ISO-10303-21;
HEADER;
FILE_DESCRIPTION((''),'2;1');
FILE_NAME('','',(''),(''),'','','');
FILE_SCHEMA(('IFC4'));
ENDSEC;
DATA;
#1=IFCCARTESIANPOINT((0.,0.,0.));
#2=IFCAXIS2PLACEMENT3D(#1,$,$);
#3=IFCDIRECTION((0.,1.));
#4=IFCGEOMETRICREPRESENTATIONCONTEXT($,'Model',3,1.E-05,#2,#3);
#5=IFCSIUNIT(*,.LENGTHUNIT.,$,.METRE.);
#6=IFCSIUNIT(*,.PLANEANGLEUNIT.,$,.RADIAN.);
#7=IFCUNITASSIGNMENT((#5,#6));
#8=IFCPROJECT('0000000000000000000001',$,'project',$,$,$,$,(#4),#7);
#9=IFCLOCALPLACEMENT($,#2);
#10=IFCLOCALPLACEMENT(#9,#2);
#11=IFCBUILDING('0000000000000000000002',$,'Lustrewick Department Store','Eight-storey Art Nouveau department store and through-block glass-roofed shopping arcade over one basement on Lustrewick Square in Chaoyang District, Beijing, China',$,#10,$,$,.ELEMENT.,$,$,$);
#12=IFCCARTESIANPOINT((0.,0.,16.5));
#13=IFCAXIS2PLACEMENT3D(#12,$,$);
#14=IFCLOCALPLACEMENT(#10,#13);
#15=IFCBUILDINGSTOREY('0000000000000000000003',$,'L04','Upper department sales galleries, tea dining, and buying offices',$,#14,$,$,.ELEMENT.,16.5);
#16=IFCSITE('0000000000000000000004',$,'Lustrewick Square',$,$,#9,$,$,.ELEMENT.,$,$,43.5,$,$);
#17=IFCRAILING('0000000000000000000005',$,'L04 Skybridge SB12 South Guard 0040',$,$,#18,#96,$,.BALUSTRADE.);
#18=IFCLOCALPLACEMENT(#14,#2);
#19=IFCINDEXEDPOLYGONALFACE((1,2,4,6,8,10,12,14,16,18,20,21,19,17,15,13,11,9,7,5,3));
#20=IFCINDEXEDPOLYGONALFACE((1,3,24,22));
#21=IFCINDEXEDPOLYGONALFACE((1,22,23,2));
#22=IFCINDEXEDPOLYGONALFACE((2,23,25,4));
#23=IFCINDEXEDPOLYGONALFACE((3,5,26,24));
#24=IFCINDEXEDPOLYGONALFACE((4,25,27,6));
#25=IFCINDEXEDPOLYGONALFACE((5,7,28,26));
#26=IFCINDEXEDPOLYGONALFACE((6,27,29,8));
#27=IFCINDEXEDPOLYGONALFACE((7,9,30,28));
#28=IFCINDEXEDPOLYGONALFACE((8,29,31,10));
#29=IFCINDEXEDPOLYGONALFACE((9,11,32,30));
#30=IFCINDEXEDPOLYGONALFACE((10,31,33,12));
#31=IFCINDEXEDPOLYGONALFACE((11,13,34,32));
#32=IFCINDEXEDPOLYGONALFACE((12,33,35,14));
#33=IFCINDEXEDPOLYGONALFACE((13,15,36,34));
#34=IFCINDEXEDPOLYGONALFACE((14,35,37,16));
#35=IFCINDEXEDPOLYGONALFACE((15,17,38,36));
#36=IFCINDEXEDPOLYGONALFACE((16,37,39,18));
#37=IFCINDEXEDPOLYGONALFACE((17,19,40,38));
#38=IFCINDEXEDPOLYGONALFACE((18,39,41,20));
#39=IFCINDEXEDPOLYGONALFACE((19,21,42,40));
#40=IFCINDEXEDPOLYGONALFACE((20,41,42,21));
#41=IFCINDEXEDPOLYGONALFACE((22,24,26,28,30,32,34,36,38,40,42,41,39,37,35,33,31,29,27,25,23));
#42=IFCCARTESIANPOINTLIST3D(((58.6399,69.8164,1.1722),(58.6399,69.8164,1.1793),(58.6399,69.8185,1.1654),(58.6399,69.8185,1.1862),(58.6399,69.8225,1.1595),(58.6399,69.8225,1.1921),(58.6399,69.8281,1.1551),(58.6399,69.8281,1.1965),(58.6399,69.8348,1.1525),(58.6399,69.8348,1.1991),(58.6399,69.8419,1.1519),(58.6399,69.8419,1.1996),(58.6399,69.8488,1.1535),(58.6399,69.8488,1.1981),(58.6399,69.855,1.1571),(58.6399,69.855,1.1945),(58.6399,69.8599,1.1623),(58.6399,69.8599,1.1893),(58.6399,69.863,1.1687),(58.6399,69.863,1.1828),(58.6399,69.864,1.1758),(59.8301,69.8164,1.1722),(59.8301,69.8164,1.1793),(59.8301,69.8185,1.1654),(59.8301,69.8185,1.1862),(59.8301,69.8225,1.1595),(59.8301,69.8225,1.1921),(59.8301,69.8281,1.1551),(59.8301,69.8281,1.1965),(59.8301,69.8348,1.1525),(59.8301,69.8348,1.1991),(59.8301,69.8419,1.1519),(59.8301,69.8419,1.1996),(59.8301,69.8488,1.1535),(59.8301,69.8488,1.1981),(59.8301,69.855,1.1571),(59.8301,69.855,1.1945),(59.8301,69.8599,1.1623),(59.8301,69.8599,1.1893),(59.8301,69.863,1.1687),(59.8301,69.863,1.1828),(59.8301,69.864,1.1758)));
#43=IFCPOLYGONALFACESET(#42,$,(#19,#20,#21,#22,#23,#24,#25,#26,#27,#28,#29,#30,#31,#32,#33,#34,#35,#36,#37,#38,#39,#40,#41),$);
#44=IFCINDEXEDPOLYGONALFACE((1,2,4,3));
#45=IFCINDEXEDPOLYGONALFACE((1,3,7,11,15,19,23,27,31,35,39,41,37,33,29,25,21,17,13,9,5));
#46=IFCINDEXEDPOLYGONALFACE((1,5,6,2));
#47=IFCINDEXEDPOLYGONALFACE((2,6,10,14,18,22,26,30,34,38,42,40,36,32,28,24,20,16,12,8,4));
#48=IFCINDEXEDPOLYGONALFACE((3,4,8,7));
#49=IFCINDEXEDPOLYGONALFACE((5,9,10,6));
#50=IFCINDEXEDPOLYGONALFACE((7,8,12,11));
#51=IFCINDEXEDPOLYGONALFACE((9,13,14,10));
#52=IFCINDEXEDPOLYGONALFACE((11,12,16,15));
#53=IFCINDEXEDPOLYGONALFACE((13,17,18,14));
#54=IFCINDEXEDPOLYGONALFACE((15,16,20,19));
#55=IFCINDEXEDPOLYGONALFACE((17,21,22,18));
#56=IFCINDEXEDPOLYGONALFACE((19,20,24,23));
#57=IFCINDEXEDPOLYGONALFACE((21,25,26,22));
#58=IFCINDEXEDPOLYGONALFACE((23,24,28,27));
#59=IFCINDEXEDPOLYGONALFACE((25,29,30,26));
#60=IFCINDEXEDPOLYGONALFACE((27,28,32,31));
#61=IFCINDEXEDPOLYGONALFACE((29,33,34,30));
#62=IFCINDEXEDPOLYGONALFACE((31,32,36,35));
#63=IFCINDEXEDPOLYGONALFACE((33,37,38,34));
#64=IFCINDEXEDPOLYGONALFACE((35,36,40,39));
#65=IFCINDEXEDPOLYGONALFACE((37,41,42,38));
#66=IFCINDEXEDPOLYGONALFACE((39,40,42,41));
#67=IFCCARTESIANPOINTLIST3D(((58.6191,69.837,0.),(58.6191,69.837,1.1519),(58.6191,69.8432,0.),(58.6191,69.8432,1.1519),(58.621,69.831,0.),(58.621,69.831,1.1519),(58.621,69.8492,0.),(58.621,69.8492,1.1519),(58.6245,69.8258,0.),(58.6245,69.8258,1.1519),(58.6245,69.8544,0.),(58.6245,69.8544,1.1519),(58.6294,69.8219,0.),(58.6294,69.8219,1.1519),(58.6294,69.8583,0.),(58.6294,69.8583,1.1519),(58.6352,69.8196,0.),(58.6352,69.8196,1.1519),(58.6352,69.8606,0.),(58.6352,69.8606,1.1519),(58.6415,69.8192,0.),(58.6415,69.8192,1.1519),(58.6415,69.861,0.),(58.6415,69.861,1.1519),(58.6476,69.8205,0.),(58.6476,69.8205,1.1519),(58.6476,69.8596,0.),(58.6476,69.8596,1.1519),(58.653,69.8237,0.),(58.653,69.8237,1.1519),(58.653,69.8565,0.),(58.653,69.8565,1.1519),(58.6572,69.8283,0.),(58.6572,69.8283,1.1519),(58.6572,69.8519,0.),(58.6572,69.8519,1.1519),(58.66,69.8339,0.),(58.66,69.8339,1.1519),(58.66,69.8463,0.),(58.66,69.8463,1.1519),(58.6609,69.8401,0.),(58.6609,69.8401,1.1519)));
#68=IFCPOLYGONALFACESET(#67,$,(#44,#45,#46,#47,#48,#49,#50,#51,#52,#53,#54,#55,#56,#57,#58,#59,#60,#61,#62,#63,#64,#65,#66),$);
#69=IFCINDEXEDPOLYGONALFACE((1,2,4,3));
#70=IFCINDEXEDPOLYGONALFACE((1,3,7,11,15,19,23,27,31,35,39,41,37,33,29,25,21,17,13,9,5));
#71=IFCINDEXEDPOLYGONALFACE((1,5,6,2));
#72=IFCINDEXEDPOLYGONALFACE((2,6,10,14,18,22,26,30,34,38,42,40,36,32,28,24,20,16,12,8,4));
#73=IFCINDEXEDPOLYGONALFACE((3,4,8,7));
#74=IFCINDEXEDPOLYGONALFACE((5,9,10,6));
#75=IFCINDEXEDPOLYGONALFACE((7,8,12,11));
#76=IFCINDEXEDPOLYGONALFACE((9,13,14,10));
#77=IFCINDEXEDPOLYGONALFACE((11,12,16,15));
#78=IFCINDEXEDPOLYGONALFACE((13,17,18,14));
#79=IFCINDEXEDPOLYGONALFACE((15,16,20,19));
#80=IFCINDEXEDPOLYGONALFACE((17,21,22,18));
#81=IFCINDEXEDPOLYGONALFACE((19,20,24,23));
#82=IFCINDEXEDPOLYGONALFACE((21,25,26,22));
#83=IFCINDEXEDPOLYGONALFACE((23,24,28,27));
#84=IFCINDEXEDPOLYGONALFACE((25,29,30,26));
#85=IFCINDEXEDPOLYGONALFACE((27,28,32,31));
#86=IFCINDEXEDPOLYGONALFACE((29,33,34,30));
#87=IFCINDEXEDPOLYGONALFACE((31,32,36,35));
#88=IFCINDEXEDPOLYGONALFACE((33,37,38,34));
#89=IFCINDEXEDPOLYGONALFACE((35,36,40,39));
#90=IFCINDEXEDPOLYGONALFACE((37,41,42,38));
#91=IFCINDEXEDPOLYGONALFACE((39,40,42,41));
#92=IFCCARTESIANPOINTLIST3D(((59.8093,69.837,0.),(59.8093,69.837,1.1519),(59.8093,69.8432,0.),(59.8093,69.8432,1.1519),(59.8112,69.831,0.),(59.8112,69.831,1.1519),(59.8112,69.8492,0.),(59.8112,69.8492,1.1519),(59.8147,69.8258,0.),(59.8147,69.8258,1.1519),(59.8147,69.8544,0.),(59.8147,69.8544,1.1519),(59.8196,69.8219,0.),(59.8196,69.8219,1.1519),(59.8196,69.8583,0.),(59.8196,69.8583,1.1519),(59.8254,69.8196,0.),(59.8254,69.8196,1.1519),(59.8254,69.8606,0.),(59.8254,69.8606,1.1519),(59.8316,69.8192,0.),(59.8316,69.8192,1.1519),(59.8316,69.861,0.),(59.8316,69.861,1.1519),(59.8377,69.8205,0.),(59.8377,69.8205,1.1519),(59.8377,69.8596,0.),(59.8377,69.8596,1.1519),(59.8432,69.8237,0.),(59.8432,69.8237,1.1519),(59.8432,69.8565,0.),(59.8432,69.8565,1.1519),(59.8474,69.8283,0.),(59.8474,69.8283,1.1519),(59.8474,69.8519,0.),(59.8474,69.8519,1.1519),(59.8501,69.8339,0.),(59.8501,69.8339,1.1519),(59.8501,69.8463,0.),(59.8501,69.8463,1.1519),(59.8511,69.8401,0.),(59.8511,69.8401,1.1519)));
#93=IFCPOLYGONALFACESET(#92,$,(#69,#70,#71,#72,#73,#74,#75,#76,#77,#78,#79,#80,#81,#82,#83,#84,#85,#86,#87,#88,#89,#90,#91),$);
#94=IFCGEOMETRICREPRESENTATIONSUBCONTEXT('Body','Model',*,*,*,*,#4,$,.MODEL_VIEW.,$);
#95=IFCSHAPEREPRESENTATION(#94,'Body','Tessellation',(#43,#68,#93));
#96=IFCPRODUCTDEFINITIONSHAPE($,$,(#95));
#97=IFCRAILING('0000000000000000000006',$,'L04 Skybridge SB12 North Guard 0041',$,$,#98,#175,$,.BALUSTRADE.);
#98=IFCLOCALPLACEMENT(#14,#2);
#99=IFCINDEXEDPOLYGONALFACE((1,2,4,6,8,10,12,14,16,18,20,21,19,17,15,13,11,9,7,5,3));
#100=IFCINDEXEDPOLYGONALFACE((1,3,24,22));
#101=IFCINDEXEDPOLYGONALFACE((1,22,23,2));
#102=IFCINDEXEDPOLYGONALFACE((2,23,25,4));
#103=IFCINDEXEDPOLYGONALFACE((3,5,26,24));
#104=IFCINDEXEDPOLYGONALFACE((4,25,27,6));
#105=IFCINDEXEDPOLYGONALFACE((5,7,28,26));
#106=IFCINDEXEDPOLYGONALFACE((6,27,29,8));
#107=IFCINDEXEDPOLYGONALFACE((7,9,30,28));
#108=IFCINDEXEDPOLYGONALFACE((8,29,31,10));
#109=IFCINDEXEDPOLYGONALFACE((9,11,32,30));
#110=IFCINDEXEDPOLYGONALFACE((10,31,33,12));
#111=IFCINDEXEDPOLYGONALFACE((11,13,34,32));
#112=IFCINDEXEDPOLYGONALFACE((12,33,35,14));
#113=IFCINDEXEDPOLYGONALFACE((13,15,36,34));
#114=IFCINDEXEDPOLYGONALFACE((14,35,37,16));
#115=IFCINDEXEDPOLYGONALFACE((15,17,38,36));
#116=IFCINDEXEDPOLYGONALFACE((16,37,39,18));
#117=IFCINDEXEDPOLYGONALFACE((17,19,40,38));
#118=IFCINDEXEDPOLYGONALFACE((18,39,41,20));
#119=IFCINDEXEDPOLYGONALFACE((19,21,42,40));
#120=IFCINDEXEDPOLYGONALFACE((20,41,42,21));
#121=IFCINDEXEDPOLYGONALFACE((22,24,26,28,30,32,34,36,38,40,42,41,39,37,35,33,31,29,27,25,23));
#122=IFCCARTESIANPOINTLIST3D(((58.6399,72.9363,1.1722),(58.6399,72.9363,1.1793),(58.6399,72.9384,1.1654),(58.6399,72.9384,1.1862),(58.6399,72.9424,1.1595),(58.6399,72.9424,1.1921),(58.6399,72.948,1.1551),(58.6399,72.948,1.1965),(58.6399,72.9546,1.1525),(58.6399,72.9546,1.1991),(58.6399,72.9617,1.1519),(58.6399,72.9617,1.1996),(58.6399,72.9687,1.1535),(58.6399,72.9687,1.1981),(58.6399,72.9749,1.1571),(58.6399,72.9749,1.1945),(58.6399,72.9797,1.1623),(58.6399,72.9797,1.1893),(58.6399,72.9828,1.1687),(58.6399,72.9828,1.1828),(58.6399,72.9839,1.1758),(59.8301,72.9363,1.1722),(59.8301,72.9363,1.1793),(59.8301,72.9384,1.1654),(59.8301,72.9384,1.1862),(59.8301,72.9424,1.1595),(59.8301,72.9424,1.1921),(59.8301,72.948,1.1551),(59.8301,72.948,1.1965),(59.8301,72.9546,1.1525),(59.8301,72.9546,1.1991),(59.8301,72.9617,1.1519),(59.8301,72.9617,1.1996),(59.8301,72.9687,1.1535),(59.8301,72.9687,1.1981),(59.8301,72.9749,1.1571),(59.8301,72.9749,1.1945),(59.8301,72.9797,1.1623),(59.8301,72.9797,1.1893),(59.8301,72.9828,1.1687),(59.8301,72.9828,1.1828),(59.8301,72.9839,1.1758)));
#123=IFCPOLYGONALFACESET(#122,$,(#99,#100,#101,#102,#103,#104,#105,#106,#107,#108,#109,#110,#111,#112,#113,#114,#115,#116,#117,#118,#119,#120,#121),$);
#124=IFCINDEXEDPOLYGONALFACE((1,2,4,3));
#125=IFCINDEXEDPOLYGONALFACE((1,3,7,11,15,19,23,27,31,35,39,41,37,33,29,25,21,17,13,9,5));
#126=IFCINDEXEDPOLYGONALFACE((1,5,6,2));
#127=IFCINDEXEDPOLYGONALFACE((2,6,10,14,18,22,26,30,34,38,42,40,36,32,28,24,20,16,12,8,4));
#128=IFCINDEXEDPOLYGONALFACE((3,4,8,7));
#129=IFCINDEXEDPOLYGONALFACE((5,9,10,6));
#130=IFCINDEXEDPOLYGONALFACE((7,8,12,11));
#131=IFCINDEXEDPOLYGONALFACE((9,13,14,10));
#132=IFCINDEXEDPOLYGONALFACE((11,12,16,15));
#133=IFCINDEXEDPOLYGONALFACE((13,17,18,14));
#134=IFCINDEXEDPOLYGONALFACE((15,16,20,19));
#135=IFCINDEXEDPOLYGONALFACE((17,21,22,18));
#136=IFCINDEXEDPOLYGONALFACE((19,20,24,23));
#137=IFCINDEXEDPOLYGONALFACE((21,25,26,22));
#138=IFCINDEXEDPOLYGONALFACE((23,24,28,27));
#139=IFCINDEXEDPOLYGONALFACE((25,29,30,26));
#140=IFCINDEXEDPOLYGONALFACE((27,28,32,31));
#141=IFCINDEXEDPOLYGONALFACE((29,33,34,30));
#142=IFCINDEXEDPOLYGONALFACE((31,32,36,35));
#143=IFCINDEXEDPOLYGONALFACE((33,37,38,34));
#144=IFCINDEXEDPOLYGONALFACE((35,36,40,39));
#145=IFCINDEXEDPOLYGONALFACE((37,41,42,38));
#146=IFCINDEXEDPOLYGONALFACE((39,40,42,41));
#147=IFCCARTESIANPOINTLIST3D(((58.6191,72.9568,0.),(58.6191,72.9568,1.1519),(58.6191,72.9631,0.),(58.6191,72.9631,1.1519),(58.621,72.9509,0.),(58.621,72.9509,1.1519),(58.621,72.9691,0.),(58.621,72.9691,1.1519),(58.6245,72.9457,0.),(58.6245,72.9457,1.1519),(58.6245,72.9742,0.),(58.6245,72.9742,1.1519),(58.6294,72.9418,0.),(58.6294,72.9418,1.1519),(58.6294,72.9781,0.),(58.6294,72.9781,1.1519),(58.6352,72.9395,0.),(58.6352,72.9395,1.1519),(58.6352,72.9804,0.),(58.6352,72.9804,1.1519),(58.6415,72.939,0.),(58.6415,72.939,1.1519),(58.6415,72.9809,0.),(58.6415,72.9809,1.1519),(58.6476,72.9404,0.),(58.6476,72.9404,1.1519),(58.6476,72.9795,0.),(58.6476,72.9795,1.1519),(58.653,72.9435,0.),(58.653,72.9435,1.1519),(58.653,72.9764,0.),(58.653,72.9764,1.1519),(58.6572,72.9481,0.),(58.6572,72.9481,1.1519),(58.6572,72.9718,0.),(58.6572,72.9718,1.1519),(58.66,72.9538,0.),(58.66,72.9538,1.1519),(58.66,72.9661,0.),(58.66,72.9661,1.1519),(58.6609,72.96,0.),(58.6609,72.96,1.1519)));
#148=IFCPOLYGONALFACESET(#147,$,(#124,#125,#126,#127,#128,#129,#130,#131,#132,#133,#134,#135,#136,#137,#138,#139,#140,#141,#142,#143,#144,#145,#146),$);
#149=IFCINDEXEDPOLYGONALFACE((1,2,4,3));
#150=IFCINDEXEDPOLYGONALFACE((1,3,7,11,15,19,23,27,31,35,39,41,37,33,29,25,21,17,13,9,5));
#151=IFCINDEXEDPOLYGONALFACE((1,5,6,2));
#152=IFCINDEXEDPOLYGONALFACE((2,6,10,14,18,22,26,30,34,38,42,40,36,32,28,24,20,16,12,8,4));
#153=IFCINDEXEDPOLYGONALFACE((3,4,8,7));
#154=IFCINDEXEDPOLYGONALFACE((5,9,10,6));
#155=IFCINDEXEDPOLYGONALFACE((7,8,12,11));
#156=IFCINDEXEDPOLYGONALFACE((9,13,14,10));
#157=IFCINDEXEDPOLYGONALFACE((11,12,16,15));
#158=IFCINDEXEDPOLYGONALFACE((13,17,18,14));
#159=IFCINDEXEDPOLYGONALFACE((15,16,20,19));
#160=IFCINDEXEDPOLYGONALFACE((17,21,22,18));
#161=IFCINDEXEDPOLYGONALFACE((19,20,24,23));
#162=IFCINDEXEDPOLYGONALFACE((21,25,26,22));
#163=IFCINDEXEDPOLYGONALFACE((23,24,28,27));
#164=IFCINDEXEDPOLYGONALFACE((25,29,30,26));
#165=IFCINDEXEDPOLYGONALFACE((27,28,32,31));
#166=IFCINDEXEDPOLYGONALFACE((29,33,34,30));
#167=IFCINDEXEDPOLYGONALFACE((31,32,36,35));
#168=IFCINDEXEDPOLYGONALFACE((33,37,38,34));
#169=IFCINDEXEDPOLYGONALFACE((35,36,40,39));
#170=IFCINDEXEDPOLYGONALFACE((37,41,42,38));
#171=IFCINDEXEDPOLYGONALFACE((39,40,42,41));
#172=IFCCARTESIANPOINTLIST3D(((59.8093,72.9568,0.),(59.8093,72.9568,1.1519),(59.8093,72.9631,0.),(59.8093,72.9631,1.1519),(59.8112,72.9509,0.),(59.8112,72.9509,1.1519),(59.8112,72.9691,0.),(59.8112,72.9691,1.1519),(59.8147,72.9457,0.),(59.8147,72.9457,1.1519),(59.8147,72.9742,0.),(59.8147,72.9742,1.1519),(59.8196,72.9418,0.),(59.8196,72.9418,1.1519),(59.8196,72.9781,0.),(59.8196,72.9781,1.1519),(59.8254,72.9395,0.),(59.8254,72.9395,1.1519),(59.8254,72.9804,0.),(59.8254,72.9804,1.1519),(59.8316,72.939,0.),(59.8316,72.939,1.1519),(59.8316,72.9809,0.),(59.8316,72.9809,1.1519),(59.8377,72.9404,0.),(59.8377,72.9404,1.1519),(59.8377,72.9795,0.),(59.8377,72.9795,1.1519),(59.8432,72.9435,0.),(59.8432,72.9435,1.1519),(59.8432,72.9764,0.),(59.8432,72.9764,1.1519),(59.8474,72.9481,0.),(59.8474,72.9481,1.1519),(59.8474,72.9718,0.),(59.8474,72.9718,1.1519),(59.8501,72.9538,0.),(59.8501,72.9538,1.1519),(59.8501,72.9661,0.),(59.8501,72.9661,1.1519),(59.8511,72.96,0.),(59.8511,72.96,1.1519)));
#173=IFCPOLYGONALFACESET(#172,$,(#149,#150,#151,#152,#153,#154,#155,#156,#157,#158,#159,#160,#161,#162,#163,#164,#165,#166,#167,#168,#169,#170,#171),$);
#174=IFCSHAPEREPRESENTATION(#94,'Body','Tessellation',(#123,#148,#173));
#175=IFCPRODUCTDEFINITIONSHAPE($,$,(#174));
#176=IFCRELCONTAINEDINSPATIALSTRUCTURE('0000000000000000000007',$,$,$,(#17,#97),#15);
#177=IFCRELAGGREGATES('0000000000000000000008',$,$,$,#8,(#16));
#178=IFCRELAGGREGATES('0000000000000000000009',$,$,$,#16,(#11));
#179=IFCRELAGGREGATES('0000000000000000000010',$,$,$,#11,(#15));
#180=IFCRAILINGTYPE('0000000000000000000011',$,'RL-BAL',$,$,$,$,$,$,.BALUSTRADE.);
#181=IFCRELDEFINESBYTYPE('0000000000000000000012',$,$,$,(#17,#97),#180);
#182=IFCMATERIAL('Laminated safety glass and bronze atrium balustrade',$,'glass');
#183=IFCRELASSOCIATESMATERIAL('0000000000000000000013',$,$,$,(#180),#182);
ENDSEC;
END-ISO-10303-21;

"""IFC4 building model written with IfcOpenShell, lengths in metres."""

from ifc_helpers import new_model, si_unit, direction, frame, origin, origin_2d, place, context, subcontext, project, spatial, circle, extrude, material, type_object, element, save


model = new_model("IFC4")

# Units and contexts
model_context = context("Model", 3, precision=1e-05, world=origin(), true_north=direction((0.0, 1.0)))
body_context = subcontext(model_context, "Body", "Model", "MODEL_VIEW")
ifc_project = project(units=[si_unit("LENGTHUNIT", "METRE"), si_unit("PLANEANGLEUNIT", "RADIAN")], contexts=[model_context])

# Site, building, storey
site_placement = place(None, origin())
site = spatial("IfcSite", under=ifc_project, at=site_placement, Name="Lustrewick Square", CompositionType="ELEMENT", RefElevation=43.5)
building_placement = place(site_placement, origin())
building = spatial("IfcBuilding", under=site, at=building_placement, Name="Lustrewick Department Store", Description="Eight-storey Art Nouveau department store and through-block glass-roofed shopping arcade over one basement on Lustrewick Square in Chaoyang District, Beijing, China", CompositionType="ELEMENT")
storey_placement = place(building_placement, frame((0.0, 0.0, 16.5)))
storey = spatial("IfcBuildingStorey", under=building, at=storey_placement, Name="L04", Description="Upper department sales galleries, tea dining, and buying offices", CompositionType="ELEMENT", Elevation=16.5)

# Railings
ifc_material_1 = material(Name="Laminated safety glass and bronze atrium balustrade", Category="glass")
railing_type_1 = type_object("IfcRailingType", Name="RL-BAL", PredefinedType="BALUSTRADE", material=ifc_material_1)
for number, where, name in (
    (1, (58.6399, 69.8401, 0.0), "L04 Skybridge SB12 South Guard 0040"),
    (2, (58.6399, 72.96, 0.0), "L04 Skybridge SB12 North Guard 0041"),
):
    element("IfcRailing", number, at=place(storey_placement, frame(where)), inside=storey, type_object=railing_type_1, Name=name, PredefinedType="BALUSTRADE", context=body_context, shape_type="SweptSolid", body=[
        extrude(circle(Radius=0.0239, at=origin_2d()), frame((0.0, 0.0, 1.1758), z_axis=(1.0, 0.0, 0.0), x_axis=(0.0, 1.0, 0.0)), (0.0, 0.0, 1.0), 1.1902),
        extrude(circle(Radius=0.021, at=origin_2d()), origin(), (0.0, 0.0, 1.0), 1.1519),
        extrude(circle(Radius=0.021, at=origin_2d()), frame((1.1902, 0.0, 0.0)), (0.0, 0.0, 1.0), 1.1519),
    ])

save(model, "model.ifc")
